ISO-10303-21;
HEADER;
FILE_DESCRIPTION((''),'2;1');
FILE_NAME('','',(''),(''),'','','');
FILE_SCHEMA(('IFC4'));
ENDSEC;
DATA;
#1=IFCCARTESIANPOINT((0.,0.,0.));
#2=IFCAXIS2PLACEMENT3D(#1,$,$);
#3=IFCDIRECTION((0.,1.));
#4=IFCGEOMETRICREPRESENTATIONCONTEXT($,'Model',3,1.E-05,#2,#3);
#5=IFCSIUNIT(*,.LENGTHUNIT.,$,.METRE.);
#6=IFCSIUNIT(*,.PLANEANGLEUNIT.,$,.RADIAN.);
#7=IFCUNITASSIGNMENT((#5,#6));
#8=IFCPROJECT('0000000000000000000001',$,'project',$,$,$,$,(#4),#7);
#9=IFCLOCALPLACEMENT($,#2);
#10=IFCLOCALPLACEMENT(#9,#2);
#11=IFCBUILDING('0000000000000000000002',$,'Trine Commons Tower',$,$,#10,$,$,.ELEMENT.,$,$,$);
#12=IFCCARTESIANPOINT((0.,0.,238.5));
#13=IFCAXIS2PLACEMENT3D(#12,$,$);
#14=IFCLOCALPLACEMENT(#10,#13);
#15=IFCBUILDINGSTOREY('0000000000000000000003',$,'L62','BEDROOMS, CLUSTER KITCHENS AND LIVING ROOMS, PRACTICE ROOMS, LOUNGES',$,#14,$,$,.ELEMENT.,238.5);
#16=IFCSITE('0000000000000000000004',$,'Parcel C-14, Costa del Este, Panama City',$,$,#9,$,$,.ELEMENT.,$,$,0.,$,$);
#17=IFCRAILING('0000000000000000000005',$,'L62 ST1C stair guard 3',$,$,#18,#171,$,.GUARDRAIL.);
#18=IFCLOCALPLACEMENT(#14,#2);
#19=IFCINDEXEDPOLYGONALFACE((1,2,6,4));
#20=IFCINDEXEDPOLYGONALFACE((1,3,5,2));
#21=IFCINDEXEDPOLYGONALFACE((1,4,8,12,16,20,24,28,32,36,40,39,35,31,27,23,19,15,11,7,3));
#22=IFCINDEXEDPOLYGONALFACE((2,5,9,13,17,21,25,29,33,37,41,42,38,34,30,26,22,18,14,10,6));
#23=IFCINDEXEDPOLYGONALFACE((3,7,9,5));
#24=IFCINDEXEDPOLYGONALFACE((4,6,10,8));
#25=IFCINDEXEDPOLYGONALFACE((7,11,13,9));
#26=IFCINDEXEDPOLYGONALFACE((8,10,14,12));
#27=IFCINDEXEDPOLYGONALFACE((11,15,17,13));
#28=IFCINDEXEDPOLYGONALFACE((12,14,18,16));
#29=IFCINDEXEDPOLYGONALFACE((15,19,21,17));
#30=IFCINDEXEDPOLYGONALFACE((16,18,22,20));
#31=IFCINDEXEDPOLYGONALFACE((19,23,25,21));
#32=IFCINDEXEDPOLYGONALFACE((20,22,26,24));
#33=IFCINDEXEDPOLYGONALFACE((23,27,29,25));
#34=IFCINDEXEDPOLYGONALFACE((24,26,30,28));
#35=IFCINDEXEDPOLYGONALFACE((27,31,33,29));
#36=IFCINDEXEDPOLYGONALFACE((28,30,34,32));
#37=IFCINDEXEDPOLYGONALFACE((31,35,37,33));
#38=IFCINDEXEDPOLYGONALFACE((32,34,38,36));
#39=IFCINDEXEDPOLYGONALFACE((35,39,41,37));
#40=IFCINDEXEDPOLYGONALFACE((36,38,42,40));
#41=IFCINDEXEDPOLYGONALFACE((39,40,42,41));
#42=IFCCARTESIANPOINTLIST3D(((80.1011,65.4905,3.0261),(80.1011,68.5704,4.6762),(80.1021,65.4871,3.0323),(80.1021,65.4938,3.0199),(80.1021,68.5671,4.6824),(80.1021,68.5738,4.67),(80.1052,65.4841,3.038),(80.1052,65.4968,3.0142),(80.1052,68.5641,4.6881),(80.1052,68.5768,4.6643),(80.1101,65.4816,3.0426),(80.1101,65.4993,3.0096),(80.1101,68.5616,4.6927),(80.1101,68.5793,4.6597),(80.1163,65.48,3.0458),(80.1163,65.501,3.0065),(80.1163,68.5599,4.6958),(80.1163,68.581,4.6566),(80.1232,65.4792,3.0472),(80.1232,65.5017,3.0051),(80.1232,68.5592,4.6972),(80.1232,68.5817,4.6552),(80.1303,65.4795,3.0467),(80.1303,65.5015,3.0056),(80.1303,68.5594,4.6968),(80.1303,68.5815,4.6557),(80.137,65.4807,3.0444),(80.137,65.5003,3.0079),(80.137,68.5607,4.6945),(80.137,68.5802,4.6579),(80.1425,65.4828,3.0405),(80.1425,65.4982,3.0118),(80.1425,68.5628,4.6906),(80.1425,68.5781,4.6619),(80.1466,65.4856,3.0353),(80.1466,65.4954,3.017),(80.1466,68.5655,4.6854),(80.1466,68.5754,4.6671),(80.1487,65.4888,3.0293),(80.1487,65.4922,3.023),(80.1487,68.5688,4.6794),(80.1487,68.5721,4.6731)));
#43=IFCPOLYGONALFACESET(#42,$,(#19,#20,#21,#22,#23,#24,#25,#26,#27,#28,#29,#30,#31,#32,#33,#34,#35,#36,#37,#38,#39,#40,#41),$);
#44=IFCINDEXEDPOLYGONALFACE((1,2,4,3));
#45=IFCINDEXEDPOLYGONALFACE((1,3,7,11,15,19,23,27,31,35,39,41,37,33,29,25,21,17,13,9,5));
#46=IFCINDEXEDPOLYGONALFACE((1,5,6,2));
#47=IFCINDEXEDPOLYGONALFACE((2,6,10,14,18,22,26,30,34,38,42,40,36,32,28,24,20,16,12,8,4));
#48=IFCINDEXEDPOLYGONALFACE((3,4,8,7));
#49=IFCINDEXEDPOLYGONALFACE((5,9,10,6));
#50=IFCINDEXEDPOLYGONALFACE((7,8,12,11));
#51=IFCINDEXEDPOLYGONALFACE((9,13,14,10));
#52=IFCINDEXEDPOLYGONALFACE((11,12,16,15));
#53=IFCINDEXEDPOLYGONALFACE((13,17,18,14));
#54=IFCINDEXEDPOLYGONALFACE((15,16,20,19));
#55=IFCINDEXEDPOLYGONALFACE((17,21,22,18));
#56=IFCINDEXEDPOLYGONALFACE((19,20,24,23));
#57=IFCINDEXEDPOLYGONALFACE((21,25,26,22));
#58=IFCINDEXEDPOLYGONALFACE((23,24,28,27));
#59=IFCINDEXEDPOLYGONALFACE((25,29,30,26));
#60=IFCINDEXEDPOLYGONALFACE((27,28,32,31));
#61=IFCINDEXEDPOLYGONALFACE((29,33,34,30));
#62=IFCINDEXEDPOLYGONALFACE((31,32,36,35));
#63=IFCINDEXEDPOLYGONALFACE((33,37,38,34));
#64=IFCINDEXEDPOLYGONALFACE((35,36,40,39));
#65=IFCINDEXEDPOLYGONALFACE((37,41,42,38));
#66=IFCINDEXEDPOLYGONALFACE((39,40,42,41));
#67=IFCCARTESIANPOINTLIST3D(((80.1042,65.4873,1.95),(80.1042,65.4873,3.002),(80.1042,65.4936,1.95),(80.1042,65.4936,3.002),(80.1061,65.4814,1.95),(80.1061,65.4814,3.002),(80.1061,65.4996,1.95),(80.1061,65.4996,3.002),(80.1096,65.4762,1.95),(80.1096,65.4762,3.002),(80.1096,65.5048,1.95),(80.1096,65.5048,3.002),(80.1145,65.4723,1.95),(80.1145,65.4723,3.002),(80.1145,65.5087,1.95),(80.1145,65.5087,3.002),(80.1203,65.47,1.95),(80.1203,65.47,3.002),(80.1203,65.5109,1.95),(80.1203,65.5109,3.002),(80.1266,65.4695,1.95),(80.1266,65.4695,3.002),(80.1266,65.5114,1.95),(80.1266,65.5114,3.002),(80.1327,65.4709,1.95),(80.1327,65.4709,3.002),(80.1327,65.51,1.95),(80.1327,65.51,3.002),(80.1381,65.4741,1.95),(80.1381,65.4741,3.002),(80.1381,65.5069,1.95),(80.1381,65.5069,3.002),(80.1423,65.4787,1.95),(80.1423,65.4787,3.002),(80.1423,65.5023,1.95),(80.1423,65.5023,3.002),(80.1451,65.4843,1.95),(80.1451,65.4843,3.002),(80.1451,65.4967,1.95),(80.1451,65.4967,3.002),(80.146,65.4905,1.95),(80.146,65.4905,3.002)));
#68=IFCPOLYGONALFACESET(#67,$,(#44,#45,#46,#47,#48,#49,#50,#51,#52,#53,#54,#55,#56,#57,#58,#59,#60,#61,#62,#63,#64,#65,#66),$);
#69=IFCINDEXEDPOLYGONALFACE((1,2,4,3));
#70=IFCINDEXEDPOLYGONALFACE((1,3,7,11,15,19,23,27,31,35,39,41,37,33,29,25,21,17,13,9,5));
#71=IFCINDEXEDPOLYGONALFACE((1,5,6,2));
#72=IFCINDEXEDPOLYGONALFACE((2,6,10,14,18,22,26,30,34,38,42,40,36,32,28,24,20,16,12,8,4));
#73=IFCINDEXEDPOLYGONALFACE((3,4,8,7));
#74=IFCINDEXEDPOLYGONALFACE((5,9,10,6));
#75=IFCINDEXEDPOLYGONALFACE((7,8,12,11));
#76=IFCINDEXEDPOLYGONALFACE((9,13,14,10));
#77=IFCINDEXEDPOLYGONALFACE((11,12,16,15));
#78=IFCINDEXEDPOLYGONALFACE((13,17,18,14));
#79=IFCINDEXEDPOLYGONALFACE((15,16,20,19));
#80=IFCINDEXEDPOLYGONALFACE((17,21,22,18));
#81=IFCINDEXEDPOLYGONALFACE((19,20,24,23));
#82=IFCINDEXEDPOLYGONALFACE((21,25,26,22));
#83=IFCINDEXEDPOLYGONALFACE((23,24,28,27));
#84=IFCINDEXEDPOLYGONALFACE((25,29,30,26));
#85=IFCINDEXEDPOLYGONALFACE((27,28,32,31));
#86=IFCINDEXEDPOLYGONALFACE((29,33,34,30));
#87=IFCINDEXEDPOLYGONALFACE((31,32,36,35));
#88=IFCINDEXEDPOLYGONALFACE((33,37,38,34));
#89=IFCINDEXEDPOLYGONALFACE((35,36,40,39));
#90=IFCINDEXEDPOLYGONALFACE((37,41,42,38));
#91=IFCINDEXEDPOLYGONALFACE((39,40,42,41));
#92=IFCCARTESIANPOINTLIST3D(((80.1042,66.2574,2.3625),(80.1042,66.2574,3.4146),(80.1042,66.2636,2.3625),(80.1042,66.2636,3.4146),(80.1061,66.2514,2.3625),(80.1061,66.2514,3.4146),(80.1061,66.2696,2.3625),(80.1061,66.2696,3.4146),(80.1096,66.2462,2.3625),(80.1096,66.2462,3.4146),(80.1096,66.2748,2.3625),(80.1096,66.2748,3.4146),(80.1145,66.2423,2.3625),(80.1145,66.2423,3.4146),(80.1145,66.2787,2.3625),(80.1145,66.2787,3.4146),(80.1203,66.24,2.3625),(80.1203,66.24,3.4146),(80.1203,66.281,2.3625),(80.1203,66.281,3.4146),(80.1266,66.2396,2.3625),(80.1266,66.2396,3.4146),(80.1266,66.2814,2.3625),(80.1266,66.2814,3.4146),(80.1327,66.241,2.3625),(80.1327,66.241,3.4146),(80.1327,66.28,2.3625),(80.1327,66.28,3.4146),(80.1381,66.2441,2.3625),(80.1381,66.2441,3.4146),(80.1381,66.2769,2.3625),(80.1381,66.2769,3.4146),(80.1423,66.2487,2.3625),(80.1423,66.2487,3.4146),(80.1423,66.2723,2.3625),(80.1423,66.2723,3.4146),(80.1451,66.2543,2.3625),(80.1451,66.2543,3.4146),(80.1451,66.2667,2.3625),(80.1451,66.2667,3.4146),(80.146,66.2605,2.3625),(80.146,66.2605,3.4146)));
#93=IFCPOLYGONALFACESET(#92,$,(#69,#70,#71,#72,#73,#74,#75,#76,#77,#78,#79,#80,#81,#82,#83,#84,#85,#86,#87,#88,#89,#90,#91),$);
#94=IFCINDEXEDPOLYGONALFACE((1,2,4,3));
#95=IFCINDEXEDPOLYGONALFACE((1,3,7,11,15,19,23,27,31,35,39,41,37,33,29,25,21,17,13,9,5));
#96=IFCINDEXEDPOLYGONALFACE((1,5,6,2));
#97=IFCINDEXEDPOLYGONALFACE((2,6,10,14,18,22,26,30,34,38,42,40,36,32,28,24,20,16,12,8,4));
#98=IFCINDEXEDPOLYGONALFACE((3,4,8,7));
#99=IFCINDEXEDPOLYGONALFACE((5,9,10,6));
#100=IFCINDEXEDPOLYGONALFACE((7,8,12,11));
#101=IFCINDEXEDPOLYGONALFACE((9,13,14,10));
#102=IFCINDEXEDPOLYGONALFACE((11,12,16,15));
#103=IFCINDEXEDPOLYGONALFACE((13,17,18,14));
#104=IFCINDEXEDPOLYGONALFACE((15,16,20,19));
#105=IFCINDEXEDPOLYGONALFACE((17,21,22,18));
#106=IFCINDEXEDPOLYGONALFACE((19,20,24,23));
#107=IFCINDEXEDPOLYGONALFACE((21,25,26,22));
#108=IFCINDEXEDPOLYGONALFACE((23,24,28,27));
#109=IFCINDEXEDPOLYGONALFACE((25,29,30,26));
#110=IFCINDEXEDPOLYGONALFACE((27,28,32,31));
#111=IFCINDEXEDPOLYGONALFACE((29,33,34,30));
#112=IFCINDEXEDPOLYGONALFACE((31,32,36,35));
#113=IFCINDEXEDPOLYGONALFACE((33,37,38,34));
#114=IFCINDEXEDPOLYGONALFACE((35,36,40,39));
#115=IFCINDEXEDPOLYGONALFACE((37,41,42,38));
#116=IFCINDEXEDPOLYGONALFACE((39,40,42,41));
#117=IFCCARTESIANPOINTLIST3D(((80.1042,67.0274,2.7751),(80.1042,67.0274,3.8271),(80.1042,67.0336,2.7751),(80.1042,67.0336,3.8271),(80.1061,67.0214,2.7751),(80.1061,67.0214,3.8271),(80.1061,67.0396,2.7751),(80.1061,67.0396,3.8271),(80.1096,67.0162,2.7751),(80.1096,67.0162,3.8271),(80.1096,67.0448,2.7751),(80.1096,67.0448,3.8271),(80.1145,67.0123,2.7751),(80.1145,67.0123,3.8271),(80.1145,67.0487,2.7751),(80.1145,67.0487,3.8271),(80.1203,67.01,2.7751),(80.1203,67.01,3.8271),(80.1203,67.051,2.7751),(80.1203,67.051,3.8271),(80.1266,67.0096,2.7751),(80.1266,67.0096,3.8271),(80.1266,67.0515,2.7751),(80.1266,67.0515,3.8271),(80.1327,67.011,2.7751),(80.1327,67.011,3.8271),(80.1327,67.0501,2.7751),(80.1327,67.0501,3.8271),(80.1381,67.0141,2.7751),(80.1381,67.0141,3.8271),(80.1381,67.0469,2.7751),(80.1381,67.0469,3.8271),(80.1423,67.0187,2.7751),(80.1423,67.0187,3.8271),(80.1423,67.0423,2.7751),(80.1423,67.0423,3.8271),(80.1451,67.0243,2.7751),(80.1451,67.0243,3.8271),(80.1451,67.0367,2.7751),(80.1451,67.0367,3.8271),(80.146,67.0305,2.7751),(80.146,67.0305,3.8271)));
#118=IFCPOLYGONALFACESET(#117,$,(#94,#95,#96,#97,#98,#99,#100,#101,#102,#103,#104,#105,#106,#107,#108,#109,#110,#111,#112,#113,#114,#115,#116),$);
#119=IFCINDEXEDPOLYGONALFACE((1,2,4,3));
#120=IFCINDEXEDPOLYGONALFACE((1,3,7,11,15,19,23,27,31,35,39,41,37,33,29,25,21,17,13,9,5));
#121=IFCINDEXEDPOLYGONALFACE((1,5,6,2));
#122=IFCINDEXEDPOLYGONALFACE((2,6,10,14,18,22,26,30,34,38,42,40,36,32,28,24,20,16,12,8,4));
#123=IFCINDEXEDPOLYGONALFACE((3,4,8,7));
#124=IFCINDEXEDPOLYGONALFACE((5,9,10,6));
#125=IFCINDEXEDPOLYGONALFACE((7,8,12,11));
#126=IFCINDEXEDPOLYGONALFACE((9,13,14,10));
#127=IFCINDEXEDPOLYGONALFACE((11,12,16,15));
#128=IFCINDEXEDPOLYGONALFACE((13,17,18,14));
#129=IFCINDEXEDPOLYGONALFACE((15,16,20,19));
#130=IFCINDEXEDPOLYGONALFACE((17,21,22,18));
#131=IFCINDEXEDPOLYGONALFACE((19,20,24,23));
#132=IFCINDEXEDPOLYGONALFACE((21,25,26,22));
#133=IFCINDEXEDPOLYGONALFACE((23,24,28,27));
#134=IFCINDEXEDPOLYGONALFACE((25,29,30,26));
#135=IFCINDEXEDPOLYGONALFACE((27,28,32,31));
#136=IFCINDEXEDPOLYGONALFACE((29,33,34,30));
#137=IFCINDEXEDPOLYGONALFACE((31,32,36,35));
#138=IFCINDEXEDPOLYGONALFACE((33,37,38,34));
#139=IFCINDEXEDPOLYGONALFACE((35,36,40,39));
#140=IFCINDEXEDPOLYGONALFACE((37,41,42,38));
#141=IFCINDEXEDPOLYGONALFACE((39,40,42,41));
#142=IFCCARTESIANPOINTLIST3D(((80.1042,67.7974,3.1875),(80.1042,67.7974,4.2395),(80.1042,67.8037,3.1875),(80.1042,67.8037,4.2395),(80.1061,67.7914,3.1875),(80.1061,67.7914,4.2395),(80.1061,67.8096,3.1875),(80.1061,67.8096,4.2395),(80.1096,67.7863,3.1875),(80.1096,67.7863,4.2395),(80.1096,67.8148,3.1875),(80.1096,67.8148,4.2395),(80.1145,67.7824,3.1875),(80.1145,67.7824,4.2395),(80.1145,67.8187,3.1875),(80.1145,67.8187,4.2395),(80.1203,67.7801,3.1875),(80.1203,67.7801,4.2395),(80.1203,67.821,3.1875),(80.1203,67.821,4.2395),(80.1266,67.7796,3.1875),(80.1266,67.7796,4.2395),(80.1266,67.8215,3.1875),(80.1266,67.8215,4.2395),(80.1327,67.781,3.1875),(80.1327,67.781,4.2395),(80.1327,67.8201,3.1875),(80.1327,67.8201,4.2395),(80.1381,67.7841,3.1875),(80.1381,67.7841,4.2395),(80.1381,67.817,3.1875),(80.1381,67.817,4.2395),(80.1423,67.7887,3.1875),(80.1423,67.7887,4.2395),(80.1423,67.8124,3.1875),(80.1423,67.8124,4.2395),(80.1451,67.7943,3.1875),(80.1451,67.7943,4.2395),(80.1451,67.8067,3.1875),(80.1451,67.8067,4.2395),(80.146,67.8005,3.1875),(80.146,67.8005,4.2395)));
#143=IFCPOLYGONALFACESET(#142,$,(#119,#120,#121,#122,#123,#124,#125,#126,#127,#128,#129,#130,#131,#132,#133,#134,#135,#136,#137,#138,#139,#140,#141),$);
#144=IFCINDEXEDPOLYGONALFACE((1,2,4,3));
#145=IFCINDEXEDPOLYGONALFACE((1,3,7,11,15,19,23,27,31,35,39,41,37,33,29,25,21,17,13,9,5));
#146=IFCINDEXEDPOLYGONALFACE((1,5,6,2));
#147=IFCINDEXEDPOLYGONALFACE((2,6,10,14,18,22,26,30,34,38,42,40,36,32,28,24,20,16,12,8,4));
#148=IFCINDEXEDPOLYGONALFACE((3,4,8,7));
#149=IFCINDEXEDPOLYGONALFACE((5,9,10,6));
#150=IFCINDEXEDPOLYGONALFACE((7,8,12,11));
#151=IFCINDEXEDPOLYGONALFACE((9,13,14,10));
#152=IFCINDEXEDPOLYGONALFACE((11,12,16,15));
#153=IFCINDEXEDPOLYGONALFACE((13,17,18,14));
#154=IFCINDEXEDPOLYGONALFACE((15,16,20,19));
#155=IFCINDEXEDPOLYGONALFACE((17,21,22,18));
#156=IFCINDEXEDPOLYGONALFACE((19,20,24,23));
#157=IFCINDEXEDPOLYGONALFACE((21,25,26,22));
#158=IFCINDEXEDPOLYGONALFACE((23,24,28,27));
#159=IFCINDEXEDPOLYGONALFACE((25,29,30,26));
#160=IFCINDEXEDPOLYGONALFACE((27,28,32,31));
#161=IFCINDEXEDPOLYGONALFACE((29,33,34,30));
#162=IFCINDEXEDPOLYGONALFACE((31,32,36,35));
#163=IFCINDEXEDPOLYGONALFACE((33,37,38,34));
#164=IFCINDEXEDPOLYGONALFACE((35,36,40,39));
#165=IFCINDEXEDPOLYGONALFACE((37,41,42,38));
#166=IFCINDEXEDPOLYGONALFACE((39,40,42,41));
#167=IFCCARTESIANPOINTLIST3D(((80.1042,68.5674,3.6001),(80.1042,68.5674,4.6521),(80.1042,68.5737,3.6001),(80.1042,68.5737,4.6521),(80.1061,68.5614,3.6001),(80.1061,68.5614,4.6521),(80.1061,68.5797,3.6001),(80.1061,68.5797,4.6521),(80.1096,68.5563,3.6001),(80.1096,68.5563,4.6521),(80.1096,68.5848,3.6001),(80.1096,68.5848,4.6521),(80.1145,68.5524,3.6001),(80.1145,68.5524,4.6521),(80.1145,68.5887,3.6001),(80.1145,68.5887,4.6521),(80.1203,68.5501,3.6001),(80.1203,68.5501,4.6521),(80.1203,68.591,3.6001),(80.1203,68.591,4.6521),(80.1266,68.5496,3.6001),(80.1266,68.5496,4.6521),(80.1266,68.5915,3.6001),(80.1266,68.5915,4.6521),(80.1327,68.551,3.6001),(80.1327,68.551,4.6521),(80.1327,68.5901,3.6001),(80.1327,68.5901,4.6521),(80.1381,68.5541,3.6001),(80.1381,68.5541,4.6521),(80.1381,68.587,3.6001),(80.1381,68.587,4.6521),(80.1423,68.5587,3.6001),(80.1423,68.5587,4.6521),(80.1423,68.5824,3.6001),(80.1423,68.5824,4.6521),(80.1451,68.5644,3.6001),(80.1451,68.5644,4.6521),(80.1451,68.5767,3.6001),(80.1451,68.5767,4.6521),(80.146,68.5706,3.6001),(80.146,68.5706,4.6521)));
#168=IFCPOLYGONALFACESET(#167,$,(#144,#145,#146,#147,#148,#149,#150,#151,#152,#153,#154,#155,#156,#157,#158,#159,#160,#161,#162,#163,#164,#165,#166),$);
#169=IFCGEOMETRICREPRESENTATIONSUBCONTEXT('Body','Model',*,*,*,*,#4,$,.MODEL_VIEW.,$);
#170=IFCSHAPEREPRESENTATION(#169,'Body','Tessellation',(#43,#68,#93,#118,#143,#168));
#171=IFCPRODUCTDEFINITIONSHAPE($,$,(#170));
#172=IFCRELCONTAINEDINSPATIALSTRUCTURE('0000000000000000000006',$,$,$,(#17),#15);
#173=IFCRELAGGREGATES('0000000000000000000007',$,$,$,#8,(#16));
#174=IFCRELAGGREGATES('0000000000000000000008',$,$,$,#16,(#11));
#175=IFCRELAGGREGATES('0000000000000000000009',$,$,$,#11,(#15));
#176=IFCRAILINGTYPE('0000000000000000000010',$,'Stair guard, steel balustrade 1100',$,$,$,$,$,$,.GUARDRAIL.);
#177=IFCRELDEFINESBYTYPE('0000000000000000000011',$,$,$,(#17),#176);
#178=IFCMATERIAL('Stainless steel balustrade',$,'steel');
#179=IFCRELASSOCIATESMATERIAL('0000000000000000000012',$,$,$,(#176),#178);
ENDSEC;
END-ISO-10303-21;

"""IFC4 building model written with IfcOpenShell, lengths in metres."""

from ifc_helpers import new_model, si_unit, direction, frame, origin, origin_2d, place, context, subcontext, project, spatial, circle, extrude, material, type_object, element, save


model = new_model("IFC4")

# Units and contexts
model_context = context("Model", 3, precision=1e-05, world=origin(), true_north=direction((0.0, 1.0)))
body_context = subcontext(model_context, "Body", "Model", "MODEL_VIEW")
ifc_project = project(units=[si_unit("LENGTHUNIT", "METRE"), si_unit("PLANEANGLEUNIT", "RADIAN")], contexts=[model_context])

# Site, building, storey
site_placement = place(None, origin())
site = spatial("IfcSite", under=ifc_project, at=site_placement, Name="Parcel C-14, Costa del Este, Panama City", CompositionType="ELEMENT", RefElevation=0.0)
building_placement = place(site_placement, origin())
building = spatial("IfcBuilding", under=site, at=building_placement, Name="Trine Commons Tower", CompositionType="ELEMENT")
storey_placement = place(building_placement, frame((0.0, 0.0, 238.5)))
storey = spatial("IfcBuildingStorey", under=building, at=storey_placement, Name="L62", Description="BEDROOMS, CLUSTER KITCHENS AND LIVING ROOMS, PRACTICE ROOMS, LOUNGES", CompositionType="ELEMENT", Elevation=238.5)

# Railing
ifc_material_1 = material(Name="Stainless steel balustrade", Category="steel")
railing_type_1 = type_object("IfcRailingType", Name="Stair guard, steel balustrade 1100", PredefinedType="GUARDRAIL", material=ifc_material_1)
railing_1_placement = place(storey_placement, frame((80.125, 65.4905, 1.95)))
element("IfcRailing", 1, at=railing_1_placement, inside=storey, type_object=railing_type_1, Name="L62 ST1C stair guard 3", PredefinedType="GUARDRAIL", context=body_context, shape_type="SweptSolid", body=[
    extrude(circle(Radius=0.0239, at=origin_2d()), frame((0.0, 0.0, 1.0762), z_axis=(0.0, 0.881468, 0.472245), x_axis=(-1.0, 0.0, 0.0)), (0.0, 0.0, 1.0), 3.4941),
    extrude(circle(Radius=0.021, at=origin_2d()), origin(), (0.0, 0.0, 1.0), 1.052),
    extrude(circle(Radius=0.021, at=origin_2d()), frame((0.0, 0.77, 0.4126)), (0.0, 0.0, 1.0), 1.052),
    extrude(circle(Radius=0.021, at=origin_2d()), frame((0.0, 1.54, 0.8252)), (0.0, 0.0, 1.0), 1.052),
    extrude(circle(Radius=0.021, at=origin_2d()), frame((0.0, 2.3101, 1.2375)), (0.0, 0.0, 1.0), 1.052),
    extrude(circle(Radius=0.021, at=origin_2d()), frame((0.0, 3.0801, 1.6501)), (0.0, 0.0, 1.0), 1.052),
])

save(model, "model.ifc")
